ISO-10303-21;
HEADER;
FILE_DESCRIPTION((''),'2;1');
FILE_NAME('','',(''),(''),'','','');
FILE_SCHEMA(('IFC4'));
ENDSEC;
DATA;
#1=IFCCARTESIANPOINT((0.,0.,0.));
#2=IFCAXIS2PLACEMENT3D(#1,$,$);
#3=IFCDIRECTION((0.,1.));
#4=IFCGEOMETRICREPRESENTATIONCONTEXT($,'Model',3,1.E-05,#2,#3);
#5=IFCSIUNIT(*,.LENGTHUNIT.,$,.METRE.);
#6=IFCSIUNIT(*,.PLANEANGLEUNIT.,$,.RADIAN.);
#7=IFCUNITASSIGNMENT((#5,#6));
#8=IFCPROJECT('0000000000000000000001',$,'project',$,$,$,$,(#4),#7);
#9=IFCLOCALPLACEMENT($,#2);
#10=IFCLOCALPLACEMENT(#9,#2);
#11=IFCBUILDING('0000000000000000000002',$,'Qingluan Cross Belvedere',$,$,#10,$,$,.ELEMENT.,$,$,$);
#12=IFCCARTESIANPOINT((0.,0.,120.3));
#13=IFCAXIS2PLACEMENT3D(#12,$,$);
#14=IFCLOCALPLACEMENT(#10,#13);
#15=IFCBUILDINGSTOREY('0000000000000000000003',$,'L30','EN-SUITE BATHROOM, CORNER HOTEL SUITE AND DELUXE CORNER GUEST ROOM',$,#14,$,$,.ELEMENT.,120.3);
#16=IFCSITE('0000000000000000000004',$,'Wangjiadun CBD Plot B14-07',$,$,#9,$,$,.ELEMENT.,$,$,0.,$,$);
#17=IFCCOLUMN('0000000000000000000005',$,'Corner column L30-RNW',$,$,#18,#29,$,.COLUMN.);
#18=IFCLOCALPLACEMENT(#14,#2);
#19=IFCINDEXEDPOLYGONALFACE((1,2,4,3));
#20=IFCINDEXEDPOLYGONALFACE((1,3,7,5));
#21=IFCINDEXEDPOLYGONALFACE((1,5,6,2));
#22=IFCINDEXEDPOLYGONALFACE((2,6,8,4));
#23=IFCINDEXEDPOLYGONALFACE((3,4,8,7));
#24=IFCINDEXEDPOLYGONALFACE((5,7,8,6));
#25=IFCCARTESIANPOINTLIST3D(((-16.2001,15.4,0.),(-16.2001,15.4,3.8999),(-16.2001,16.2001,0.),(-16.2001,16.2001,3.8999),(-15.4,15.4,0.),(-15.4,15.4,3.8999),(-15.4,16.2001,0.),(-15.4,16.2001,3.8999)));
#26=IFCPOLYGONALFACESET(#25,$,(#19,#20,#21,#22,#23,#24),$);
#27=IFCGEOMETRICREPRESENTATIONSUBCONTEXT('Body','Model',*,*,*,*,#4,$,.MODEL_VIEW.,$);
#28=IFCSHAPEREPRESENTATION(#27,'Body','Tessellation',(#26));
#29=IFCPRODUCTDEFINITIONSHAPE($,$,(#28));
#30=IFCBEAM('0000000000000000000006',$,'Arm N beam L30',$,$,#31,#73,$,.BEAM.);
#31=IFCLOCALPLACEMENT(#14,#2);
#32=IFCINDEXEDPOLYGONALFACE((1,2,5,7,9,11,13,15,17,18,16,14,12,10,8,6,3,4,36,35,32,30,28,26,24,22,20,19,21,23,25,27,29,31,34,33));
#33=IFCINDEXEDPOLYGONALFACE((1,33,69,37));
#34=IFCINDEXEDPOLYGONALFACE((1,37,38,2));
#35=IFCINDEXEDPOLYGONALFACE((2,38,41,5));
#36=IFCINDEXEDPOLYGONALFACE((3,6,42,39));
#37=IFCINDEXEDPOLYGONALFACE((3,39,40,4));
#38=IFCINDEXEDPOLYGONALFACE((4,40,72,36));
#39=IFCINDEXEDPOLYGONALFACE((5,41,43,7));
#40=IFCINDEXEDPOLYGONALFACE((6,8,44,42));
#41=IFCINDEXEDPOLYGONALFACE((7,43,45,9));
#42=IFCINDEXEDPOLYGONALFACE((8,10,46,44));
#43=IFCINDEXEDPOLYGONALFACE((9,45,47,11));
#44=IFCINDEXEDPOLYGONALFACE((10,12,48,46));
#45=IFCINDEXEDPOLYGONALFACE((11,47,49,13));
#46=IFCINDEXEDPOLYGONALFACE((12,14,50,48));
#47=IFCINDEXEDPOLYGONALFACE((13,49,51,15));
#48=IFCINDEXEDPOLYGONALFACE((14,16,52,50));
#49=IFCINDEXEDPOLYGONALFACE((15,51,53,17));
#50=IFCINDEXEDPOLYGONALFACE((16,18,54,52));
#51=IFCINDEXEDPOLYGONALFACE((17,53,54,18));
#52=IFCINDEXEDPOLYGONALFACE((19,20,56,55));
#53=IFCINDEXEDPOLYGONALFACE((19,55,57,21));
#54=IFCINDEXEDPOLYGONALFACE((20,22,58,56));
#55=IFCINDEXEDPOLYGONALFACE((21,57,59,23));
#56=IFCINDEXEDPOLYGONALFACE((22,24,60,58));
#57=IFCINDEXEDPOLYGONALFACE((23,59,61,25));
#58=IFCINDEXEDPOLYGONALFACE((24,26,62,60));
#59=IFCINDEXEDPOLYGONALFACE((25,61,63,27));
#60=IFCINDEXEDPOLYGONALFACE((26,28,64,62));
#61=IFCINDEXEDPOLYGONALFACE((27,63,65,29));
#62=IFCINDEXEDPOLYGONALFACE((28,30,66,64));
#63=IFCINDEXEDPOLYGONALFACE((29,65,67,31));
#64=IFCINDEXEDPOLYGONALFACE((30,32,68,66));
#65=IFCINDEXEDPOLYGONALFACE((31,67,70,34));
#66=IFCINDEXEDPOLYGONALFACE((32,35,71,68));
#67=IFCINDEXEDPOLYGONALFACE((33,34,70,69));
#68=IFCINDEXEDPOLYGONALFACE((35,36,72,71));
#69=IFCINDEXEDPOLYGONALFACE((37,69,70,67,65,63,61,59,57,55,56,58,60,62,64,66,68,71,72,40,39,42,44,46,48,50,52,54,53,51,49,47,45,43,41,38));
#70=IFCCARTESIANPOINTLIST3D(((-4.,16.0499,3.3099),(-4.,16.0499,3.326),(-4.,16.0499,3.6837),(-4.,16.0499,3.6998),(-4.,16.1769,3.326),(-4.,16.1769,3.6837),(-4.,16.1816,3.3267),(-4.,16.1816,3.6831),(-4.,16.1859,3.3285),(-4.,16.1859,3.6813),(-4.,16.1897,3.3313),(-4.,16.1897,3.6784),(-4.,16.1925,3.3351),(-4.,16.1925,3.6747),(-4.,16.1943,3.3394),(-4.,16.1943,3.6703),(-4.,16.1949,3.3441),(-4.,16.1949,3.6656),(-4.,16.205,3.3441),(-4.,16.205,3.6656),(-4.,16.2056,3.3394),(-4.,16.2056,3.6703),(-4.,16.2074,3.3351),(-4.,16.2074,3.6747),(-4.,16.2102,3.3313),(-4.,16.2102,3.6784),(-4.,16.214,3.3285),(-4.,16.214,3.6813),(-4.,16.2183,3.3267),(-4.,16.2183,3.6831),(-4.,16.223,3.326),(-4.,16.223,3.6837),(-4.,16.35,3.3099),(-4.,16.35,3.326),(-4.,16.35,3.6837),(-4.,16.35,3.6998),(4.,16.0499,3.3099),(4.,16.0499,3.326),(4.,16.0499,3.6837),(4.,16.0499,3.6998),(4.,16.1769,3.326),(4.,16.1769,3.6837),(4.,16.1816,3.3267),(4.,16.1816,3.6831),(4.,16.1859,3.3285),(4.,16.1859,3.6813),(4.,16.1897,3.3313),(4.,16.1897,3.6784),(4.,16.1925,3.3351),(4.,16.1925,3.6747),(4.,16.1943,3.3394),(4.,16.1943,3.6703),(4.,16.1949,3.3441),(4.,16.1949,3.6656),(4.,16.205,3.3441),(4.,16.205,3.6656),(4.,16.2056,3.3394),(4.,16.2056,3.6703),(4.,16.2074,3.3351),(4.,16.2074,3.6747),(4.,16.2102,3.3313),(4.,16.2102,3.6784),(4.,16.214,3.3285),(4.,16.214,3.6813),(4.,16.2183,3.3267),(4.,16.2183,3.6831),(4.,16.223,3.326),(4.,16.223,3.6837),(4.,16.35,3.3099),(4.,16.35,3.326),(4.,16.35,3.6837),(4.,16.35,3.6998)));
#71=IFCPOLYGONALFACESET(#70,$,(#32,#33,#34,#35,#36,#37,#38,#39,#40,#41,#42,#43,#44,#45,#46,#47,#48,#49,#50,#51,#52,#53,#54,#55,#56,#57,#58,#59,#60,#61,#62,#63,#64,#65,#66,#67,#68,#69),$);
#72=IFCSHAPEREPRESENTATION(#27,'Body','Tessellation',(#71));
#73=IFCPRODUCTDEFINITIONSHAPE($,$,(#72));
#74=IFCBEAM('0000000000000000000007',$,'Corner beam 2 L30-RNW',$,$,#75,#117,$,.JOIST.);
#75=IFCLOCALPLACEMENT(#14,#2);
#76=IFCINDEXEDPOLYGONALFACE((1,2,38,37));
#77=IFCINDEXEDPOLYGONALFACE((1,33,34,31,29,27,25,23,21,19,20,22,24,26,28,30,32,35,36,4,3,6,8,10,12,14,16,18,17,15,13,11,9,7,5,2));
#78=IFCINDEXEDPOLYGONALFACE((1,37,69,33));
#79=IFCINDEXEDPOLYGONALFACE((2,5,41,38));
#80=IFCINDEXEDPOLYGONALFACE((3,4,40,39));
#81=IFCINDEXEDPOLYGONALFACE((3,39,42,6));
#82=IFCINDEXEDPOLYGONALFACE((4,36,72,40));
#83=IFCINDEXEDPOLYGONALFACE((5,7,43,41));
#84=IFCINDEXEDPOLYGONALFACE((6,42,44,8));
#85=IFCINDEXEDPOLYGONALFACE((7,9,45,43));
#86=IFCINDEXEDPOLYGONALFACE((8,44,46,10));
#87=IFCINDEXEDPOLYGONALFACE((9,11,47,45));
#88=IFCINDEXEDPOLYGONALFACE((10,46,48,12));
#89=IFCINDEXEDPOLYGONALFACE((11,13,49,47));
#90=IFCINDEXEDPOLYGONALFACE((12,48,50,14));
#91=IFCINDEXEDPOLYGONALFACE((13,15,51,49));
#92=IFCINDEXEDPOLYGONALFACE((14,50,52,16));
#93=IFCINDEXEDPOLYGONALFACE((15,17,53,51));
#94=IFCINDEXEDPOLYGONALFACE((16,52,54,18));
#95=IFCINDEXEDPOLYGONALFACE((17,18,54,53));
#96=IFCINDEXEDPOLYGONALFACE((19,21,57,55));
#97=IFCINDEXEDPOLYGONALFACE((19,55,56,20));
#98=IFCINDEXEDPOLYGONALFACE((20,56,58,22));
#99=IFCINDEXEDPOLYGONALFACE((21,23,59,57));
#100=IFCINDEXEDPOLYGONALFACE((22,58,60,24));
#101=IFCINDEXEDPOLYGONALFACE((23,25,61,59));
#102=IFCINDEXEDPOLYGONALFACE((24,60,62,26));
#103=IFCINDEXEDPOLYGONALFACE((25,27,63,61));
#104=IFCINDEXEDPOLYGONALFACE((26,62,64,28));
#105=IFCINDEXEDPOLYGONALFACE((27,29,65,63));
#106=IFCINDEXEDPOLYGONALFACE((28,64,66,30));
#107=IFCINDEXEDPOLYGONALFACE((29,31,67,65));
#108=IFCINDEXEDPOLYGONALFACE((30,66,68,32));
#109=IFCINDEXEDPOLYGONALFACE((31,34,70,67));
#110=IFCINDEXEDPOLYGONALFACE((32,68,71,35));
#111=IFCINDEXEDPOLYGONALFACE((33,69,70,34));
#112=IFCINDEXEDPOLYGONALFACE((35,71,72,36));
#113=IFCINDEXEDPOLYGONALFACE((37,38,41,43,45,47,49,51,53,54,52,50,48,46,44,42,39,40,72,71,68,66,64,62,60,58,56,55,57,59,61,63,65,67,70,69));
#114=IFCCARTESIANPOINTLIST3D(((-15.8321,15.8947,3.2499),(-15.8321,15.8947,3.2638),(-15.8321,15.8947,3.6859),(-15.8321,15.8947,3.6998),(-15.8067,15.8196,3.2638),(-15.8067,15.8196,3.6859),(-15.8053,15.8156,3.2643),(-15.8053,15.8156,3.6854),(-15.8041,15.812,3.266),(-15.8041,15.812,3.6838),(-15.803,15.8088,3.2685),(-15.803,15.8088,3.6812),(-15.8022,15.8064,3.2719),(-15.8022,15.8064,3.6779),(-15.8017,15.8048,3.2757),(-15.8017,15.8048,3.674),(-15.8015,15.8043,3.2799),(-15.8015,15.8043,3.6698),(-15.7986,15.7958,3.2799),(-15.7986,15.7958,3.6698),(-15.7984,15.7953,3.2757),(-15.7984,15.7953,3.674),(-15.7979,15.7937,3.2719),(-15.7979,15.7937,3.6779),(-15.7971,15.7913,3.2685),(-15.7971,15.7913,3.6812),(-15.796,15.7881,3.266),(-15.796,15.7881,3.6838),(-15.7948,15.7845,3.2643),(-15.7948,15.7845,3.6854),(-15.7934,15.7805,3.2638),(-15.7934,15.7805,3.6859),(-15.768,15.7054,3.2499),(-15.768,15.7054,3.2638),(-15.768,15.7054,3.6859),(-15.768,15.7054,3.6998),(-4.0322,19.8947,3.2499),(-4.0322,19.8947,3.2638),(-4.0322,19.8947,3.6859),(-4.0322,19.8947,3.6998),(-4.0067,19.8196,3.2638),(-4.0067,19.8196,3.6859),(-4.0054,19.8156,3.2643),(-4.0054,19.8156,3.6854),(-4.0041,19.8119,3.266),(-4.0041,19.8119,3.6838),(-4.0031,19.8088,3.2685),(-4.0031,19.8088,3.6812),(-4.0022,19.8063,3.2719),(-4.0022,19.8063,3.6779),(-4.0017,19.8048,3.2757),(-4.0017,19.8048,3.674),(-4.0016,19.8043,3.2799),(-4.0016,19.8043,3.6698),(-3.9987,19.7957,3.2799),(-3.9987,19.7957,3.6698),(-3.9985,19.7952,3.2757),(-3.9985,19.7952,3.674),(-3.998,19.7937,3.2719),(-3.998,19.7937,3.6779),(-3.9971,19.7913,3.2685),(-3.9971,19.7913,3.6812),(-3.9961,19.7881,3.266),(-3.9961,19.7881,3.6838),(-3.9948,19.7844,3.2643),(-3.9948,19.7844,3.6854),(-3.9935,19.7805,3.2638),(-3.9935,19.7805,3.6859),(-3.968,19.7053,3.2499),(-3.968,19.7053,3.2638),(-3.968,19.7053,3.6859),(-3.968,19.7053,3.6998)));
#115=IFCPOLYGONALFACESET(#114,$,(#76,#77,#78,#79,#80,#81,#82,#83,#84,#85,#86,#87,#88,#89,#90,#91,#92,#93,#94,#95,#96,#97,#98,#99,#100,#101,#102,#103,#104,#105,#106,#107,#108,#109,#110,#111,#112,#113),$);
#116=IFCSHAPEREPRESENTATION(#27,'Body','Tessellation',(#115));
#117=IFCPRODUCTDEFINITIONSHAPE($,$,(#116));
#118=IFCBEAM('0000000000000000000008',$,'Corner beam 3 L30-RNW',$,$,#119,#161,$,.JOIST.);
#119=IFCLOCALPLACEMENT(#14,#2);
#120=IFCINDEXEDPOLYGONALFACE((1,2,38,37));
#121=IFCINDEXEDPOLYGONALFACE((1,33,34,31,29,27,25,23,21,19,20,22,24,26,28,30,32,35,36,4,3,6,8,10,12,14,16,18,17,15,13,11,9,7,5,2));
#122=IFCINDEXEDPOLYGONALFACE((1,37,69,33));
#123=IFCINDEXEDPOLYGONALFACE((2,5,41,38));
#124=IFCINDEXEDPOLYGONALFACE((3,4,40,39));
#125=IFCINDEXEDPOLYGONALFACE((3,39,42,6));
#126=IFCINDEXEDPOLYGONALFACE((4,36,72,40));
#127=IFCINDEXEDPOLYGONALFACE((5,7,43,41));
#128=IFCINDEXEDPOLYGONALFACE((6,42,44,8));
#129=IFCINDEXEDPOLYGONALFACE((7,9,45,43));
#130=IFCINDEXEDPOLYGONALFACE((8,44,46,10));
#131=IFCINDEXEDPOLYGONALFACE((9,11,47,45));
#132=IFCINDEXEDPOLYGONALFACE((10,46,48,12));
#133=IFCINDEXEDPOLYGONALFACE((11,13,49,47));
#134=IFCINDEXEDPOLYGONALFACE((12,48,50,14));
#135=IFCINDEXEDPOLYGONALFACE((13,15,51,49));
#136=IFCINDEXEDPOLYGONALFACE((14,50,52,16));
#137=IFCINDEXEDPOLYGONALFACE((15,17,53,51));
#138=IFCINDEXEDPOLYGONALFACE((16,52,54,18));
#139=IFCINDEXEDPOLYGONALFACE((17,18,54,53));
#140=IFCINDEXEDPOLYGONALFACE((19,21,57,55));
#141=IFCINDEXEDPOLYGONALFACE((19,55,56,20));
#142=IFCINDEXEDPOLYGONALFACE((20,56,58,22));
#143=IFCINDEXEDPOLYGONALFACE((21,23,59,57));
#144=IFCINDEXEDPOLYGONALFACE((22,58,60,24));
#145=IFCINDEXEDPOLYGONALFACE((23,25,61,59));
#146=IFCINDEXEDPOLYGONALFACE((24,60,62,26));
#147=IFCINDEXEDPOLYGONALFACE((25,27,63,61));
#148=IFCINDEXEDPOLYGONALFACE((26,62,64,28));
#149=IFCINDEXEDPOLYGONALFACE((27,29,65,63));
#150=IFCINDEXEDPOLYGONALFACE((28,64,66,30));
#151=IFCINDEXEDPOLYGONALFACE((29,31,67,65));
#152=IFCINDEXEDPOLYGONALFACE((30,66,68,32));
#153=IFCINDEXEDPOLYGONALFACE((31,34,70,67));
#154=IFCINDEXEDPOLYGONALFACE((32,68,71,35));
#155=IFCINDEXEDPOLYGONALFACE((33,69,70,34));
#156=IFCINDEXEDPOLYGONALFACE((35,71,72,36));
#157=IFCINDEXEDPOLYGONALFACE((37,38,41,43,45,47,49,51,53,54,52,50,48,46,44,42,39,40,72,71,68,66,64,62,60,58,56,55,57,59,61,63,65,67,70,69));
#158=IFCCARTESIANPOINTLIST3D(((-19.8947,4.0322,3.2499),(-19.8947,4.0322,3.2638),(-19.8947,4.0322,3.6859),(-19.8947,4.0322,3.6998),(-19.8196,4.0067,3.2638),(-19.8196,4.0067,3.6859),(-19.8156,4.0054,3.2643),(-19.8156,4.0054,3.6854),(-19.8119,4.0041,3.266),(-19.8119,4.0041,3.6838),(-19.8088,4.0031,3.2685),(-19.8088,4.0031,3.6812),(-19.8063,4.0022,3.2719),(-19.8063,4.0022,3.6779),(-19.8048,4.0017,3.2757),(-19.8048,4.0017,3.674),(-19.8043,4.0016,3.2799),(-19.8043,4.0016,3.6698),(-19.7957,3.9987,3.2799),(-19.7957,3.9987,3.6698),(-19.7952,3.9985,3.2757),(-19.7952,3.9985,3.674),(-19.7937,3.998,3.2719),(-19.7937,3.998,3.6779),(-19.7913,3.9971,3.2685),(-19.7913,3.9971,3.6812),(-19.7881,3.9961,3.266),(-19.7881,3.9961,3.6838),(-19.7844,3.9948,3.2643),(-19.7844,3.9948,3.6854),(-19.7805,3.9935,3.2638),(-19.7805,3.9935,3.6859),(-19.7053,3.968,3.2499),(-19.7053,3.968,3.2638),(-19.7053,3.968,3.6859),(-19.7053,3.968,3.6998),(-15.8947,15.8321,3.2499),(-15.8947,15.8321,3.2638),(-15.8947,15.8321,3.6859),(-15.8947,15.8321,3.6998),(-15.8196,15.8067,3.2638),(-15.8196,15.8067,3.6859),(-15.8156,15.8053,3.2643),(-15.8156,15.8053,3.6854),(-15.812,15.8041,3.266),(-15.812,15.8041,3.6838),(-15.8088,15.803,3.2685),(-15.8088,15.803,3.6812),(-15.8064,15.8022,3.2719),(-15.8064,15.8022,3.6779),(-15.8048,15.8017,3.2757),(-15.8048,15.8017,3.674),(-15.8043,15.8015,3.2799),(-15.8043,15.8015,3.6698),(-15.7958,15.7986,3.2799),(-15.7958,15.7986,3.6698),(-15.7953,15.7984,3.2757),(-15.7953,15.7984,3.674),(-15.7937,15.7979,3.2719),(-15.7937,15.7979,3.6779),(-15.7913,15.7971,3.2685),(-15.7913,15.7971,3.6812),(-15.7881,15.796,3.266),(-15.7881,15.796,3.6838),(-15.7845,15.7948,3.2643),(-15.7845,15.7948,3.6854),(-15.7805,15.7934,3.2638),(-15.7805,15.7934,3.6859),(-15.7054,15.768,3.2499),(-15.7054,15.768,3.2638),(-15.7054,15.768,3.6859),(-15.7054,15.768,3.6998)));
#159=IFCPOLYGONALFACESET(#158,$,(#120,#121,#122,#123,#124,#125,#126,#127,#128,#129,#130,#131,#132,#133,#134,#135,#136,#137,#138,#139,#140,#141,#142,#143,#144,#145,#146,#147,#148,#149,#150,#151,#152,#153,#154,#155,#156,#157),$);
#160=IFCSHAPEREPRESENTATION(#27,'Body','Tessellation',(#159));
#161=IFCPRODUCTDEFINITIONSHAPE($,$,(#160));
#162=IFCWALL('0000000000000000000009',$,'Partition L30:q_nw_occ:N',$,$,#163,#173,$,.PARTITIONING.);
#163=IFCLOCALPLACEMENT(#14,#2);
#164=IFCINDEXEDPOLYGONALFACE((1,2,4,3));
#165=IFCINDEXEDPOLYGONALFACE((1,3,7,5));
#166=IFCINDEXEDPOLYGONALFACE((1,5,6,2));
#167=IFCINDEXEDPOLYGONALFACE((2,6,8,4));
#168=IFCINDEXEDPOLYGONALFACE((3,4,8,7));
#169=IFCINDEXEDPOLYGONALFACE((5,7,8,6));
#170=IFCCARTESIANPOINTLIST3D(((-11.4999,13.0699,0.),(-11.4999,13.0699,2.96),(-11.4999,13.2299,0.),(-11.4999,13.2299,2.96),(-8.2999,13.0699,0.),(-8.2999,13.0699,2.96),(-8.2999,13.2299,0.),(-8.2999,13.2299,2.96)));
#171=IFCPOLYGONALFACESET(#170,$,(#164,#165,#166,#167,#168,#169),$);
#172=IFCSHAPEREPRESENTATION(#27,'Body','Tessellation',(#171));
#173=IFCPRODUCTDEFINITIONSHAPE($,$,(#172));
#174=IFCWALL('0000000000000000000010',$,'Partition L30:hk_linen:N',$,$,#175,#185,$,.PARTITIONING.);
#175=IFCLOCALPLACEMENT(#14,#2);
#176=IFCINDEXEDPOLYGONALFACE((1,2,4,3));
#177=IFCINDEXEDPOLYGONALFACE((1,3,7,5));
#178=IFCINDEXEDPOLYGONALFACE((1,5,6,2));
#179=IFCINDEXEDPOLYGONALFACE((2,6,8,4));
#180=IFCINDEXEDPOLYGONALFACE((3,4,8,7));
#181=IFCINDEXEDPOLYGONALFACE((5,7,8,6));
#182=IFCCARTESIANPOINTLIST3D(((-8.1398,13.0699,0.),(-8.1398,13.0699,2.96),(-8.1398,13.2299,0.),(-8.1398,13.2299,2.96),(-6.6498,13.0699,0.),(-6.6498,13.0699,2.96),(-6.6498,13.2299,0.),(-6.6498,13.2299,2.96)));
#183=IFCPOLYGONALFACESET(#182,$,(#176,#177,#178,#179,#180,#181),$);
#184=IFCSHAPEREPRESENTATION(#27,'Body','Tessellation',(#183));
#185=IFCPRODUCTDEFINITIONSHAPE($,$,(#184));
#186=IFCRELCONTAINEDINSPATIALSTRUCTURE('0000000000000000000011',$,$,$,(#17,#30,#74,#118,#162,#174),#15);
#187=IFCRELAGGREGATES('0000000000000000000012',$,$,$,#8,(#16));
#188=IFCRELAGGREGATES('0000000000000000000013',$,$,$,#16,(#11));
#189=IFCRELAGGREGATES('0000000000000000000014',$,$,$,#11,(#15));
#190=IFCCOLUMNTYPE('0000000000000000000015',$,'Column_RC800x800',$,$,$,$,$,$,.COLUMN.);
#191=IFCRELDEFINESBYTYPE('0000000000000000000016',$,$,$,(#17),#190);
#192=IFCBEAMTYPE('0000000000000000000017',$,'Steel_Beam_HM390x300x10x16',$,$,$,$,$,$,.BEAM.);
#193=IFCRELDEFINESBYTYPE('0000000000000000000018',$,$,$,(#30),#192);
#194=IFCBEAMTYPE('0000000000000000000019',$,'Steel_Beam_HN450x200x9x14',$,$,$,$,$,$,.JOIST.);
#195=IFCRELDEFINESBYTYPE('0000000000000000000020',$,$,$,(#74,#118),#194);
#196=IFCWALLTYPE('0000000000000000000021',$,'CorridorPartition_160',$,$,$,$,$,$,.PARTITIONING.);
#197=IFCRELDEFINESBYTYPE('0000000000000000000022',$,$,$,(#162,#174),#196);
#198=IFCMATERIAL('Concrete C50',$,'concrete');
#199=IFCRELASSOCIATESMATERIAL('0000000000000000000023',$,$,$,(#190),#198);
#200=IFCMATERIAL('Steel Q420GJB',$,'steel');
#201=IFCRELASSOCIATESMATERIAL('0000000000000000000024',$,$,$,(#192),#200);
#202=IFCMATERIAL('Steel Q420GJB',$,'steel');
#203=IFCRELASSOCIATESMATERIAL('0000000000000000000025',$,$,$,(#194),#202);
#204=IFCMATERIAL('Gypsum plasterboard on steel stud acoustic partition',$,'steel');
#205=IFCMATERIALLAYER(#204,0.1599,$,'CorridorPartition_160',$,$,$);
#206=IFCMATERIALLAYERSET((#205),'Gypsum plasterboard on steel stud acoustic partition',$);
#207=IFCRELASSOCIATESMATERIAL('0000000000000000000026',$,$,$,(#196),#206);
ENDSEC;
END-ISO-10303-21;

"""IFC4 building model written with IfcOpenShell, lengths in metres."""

from ifc_helpers import new_model, si_unit, direction, frame, frame_2d, origin, origin_2d, place, context, subcontext, project, spatial, rectangle, i_section, extrude, material, layer, layer_set, material_profile, profile_set, type_object, element, save


model = new_model("IFC4")

# Units and contexts
model_context = context("Model", 3, precision=1e-05, world=origin(), true_north=direction((0.0, 1.0)))
body_context = subcontext(model_context, "Body", "Model", "MODEL_VIEW")
ifc_project = project(units=[si_unit("LENGTHUNIT", "METRE"), si_unit("PLANEANGLEUNIT", "RADIAN")], contexts=[model_context])

# Site, building, storey
site_placement = place(None, origin())
site = spatial("IfcSite", under=ifc_project, at=site_placement, Name="Wangjiadun CBD Plot B14-07", CompositionType="ELEMENT", RefElevation=0.0)
building_placement = place(site_placement, origin())
building = spatial("IfcBuilding", under=site, at=building_placement, Name="Qingluan Cross Belvedere", CompositionType="ELEMENT")
storey_placement = place(building_placement, frame((0.0, 0.0, 120.3)))
storey = spatial("IfcBuildingStorey", under=building, at=storey_placement, Name="L30", Description="EN-SUITE BATHROOM, CORNER HOTEL SUITE AND DELUXE CORNER GUEST ROOM", CompositionType="ELEMENT", Elevation=120.3)

# Column
ifc_material_1 = material(Name="Concrete C50", Category="concrete")
ifc_material_profile_1 = material_profile(ifc_material_1, rectangle(XDim=0.8, YDim=0.8, at=origin_2d()), Name="RC800x800")
ifc_profile_set_1 = profile_set([ifc_material_profile_1], Name="Concrete C50")
column_type = type_object("IfcColumnType", Name="Column_RC800x800", PredefinedType="COLUMN", material=ifc_profile_set_1)
column_placement = place(storey_placement, frame((-15.8, 15.8, 0.0), z_axis=(0.0, 0.0, 1.0), x_axis=(1.0, 0.0, 0.0)))
element("IfcColumn", 1, at=column_placement, inside=storey, type_object=column_type, Name="Corner column L30-RNW", PredefinedType="COLUMN", context=body_context, shape_type="SweptSolid", body=[
    extrude(rectangle(XDim=0.8, YDim=0.8, at=origin_2d()), origin(), (0.0, 0.0, 1.0), 3.8999),
])

# Beams
ifc_material_2 = material(Name="Steel Q420GJB", Category="steel")
ifc_material_profile_2 = material_profile(ifc_material_2, i_section(OverallWidth=0.3, OverallDepth=0.3899, WebThickness=0.01, FlangeThickness=0.0161, FilletRadius=0.0181, at=origin_2d()), Name="HM390x300x10x16")
ifc_profile_set_2 = profile_set([ifc_material_profile_2], Name="Steel Q420GJB")
beam_type_1 = type_object("IfcBeamType", Name="Steel_Beam_HM390x300x10x16", PredefinedType="BEAM", material=ifc_profile_set_2)
beam_placement = place(storey_placement, frame((-4.0, 16.2, 3.5049), z_axis=(1.0, 0.0, 0.0), x_axis=(0.0, 1.0, 0.0)))
element("IfcBeam", 2, at=beam_placement, inside=storey, type_object=beam_type_1, Name="Arm N beam L30", PredefinedType="BEAM", context=body_context, shape_type="SweptSolid", body=[
    extrude(i_section(OverallWidth=0.3, OverallDepth=0.3899, WebThickness=0.01, FlangeThickness=0.0161, FilletRadius=0.0181, at=origin_2d()), origin(), (0.0, 0.0, 1.0), 8.0),
])
ifc_material_3 = material(Name="Steel Q420GJB", Category="steel")
ifc_material_profile_3 = material_profile(ifc_material_3, i_section(OverallWidth=0.2, OverallDepth=0.45, WebThickness=0.009, FlangeThickness=0.0139, FilletRadius=0.0161, at=origin_2d()), Name="HN450x200x9x14")
ifc_profile_set_3 = profile_set([ifc_material_profile_3], Name="Steel Q420GJB")
beam_type_2 = type_object("IfcBeamType", Name="Steel_Beam_HN450x200x9x14", PredefinedType="JOIST", material=ifc_profile_set_3)
for number, where, z_axis, x_axis, name in (
    (3, (-15.8, 15.8, 3.4749), (0.947066, 0.321038, 0.0), (-0.321038, 0.947066, 0.0), "Corner beam 2 L30-RNW"),
    (4, (-15.8, 15.8, 3.4749), (-0.321038, -0.947066, 0.0), (0.947066, -0.321038, 0.0), "Corner beam 3 L30-RNW"),
):
    element("IfcBeam", number, at=place(storey_placement, frame(where, z_axis=z_axis, x_axis=x_axis)), inside=storey, type_object=beam_type_2, Name=name, PredefinedType="JOIST", context=body_context, shape_type="SweptSolid", body=[
        extrude(i_section(OverallWidth=0.2, OverallDepth=0.45, WebThickness=0.009, FlangeThickness=0.0139, FilletRadius=0.0161, at=origin_2d()), origin(), (0.0, 0.0, 1.0), 12.4595),
    ])

# Walls
ifc_material_4 = material(Name="Gypsum plasterboard on steel stud acoustic partition", Category="steel")
ifc_layer_1 = layer(ifc_material_4, 0.1599, Name="CorridorPartition_160")
ifc_layer_set_1 = layer_set([ifc_layer_1], Name="Gypsum plasterboard on steel stud acoustic partition")
wall_type_1 = type_object("IfcWallType", Name="CorridorPartition_160", PredefinedType="PARTITIONING", material=ifc_layer_set_1)
wall_1_placement = place(storey_placement, frame((-11.5, 13.1499, 0.0), z_axis=(0.0, 0.0, 1.0), x_axis=(1.0, 0.0, 0.0)))
element("IfcWall", 5, at=wall_1_placement, inside=storey, type_object=wall_type_1, Name="Partition L30:q_nw_occ:N", PredefinedType="PARTITIONING", context=body_context, shape_type="SweptSolid", body=[
    extrude(rectangle(XDim=3.2, YDim=0.1599, at=frame_2d((1.6001, 0.0))), origin(), (0.0, 0.0, 1.0), 2.96),
])
wall_2_placement = place(storey_placement, frame((-8.1399, 13.1499, 0.0), z_axis=(0.0, 0.0, 1.0), x_axis=(1.0, 0.0, 0.0)))
element("IfcWall", 6, at=wall_2_placement, inside=storey, type_object=wall_type_1, Name="Partition L30:hk_linen:N", PredefinedType="PARTITIONING", context=body_context, shape_type="SweptSolid", body=[
    extrude(rectangle(XDim=1.49, YDim=0.1599, at=frame_2d((0.7451, 0.0))), origin(), (0.0, 0.0, 1.0), 2.96),
])

save(model, "model.ifc")
